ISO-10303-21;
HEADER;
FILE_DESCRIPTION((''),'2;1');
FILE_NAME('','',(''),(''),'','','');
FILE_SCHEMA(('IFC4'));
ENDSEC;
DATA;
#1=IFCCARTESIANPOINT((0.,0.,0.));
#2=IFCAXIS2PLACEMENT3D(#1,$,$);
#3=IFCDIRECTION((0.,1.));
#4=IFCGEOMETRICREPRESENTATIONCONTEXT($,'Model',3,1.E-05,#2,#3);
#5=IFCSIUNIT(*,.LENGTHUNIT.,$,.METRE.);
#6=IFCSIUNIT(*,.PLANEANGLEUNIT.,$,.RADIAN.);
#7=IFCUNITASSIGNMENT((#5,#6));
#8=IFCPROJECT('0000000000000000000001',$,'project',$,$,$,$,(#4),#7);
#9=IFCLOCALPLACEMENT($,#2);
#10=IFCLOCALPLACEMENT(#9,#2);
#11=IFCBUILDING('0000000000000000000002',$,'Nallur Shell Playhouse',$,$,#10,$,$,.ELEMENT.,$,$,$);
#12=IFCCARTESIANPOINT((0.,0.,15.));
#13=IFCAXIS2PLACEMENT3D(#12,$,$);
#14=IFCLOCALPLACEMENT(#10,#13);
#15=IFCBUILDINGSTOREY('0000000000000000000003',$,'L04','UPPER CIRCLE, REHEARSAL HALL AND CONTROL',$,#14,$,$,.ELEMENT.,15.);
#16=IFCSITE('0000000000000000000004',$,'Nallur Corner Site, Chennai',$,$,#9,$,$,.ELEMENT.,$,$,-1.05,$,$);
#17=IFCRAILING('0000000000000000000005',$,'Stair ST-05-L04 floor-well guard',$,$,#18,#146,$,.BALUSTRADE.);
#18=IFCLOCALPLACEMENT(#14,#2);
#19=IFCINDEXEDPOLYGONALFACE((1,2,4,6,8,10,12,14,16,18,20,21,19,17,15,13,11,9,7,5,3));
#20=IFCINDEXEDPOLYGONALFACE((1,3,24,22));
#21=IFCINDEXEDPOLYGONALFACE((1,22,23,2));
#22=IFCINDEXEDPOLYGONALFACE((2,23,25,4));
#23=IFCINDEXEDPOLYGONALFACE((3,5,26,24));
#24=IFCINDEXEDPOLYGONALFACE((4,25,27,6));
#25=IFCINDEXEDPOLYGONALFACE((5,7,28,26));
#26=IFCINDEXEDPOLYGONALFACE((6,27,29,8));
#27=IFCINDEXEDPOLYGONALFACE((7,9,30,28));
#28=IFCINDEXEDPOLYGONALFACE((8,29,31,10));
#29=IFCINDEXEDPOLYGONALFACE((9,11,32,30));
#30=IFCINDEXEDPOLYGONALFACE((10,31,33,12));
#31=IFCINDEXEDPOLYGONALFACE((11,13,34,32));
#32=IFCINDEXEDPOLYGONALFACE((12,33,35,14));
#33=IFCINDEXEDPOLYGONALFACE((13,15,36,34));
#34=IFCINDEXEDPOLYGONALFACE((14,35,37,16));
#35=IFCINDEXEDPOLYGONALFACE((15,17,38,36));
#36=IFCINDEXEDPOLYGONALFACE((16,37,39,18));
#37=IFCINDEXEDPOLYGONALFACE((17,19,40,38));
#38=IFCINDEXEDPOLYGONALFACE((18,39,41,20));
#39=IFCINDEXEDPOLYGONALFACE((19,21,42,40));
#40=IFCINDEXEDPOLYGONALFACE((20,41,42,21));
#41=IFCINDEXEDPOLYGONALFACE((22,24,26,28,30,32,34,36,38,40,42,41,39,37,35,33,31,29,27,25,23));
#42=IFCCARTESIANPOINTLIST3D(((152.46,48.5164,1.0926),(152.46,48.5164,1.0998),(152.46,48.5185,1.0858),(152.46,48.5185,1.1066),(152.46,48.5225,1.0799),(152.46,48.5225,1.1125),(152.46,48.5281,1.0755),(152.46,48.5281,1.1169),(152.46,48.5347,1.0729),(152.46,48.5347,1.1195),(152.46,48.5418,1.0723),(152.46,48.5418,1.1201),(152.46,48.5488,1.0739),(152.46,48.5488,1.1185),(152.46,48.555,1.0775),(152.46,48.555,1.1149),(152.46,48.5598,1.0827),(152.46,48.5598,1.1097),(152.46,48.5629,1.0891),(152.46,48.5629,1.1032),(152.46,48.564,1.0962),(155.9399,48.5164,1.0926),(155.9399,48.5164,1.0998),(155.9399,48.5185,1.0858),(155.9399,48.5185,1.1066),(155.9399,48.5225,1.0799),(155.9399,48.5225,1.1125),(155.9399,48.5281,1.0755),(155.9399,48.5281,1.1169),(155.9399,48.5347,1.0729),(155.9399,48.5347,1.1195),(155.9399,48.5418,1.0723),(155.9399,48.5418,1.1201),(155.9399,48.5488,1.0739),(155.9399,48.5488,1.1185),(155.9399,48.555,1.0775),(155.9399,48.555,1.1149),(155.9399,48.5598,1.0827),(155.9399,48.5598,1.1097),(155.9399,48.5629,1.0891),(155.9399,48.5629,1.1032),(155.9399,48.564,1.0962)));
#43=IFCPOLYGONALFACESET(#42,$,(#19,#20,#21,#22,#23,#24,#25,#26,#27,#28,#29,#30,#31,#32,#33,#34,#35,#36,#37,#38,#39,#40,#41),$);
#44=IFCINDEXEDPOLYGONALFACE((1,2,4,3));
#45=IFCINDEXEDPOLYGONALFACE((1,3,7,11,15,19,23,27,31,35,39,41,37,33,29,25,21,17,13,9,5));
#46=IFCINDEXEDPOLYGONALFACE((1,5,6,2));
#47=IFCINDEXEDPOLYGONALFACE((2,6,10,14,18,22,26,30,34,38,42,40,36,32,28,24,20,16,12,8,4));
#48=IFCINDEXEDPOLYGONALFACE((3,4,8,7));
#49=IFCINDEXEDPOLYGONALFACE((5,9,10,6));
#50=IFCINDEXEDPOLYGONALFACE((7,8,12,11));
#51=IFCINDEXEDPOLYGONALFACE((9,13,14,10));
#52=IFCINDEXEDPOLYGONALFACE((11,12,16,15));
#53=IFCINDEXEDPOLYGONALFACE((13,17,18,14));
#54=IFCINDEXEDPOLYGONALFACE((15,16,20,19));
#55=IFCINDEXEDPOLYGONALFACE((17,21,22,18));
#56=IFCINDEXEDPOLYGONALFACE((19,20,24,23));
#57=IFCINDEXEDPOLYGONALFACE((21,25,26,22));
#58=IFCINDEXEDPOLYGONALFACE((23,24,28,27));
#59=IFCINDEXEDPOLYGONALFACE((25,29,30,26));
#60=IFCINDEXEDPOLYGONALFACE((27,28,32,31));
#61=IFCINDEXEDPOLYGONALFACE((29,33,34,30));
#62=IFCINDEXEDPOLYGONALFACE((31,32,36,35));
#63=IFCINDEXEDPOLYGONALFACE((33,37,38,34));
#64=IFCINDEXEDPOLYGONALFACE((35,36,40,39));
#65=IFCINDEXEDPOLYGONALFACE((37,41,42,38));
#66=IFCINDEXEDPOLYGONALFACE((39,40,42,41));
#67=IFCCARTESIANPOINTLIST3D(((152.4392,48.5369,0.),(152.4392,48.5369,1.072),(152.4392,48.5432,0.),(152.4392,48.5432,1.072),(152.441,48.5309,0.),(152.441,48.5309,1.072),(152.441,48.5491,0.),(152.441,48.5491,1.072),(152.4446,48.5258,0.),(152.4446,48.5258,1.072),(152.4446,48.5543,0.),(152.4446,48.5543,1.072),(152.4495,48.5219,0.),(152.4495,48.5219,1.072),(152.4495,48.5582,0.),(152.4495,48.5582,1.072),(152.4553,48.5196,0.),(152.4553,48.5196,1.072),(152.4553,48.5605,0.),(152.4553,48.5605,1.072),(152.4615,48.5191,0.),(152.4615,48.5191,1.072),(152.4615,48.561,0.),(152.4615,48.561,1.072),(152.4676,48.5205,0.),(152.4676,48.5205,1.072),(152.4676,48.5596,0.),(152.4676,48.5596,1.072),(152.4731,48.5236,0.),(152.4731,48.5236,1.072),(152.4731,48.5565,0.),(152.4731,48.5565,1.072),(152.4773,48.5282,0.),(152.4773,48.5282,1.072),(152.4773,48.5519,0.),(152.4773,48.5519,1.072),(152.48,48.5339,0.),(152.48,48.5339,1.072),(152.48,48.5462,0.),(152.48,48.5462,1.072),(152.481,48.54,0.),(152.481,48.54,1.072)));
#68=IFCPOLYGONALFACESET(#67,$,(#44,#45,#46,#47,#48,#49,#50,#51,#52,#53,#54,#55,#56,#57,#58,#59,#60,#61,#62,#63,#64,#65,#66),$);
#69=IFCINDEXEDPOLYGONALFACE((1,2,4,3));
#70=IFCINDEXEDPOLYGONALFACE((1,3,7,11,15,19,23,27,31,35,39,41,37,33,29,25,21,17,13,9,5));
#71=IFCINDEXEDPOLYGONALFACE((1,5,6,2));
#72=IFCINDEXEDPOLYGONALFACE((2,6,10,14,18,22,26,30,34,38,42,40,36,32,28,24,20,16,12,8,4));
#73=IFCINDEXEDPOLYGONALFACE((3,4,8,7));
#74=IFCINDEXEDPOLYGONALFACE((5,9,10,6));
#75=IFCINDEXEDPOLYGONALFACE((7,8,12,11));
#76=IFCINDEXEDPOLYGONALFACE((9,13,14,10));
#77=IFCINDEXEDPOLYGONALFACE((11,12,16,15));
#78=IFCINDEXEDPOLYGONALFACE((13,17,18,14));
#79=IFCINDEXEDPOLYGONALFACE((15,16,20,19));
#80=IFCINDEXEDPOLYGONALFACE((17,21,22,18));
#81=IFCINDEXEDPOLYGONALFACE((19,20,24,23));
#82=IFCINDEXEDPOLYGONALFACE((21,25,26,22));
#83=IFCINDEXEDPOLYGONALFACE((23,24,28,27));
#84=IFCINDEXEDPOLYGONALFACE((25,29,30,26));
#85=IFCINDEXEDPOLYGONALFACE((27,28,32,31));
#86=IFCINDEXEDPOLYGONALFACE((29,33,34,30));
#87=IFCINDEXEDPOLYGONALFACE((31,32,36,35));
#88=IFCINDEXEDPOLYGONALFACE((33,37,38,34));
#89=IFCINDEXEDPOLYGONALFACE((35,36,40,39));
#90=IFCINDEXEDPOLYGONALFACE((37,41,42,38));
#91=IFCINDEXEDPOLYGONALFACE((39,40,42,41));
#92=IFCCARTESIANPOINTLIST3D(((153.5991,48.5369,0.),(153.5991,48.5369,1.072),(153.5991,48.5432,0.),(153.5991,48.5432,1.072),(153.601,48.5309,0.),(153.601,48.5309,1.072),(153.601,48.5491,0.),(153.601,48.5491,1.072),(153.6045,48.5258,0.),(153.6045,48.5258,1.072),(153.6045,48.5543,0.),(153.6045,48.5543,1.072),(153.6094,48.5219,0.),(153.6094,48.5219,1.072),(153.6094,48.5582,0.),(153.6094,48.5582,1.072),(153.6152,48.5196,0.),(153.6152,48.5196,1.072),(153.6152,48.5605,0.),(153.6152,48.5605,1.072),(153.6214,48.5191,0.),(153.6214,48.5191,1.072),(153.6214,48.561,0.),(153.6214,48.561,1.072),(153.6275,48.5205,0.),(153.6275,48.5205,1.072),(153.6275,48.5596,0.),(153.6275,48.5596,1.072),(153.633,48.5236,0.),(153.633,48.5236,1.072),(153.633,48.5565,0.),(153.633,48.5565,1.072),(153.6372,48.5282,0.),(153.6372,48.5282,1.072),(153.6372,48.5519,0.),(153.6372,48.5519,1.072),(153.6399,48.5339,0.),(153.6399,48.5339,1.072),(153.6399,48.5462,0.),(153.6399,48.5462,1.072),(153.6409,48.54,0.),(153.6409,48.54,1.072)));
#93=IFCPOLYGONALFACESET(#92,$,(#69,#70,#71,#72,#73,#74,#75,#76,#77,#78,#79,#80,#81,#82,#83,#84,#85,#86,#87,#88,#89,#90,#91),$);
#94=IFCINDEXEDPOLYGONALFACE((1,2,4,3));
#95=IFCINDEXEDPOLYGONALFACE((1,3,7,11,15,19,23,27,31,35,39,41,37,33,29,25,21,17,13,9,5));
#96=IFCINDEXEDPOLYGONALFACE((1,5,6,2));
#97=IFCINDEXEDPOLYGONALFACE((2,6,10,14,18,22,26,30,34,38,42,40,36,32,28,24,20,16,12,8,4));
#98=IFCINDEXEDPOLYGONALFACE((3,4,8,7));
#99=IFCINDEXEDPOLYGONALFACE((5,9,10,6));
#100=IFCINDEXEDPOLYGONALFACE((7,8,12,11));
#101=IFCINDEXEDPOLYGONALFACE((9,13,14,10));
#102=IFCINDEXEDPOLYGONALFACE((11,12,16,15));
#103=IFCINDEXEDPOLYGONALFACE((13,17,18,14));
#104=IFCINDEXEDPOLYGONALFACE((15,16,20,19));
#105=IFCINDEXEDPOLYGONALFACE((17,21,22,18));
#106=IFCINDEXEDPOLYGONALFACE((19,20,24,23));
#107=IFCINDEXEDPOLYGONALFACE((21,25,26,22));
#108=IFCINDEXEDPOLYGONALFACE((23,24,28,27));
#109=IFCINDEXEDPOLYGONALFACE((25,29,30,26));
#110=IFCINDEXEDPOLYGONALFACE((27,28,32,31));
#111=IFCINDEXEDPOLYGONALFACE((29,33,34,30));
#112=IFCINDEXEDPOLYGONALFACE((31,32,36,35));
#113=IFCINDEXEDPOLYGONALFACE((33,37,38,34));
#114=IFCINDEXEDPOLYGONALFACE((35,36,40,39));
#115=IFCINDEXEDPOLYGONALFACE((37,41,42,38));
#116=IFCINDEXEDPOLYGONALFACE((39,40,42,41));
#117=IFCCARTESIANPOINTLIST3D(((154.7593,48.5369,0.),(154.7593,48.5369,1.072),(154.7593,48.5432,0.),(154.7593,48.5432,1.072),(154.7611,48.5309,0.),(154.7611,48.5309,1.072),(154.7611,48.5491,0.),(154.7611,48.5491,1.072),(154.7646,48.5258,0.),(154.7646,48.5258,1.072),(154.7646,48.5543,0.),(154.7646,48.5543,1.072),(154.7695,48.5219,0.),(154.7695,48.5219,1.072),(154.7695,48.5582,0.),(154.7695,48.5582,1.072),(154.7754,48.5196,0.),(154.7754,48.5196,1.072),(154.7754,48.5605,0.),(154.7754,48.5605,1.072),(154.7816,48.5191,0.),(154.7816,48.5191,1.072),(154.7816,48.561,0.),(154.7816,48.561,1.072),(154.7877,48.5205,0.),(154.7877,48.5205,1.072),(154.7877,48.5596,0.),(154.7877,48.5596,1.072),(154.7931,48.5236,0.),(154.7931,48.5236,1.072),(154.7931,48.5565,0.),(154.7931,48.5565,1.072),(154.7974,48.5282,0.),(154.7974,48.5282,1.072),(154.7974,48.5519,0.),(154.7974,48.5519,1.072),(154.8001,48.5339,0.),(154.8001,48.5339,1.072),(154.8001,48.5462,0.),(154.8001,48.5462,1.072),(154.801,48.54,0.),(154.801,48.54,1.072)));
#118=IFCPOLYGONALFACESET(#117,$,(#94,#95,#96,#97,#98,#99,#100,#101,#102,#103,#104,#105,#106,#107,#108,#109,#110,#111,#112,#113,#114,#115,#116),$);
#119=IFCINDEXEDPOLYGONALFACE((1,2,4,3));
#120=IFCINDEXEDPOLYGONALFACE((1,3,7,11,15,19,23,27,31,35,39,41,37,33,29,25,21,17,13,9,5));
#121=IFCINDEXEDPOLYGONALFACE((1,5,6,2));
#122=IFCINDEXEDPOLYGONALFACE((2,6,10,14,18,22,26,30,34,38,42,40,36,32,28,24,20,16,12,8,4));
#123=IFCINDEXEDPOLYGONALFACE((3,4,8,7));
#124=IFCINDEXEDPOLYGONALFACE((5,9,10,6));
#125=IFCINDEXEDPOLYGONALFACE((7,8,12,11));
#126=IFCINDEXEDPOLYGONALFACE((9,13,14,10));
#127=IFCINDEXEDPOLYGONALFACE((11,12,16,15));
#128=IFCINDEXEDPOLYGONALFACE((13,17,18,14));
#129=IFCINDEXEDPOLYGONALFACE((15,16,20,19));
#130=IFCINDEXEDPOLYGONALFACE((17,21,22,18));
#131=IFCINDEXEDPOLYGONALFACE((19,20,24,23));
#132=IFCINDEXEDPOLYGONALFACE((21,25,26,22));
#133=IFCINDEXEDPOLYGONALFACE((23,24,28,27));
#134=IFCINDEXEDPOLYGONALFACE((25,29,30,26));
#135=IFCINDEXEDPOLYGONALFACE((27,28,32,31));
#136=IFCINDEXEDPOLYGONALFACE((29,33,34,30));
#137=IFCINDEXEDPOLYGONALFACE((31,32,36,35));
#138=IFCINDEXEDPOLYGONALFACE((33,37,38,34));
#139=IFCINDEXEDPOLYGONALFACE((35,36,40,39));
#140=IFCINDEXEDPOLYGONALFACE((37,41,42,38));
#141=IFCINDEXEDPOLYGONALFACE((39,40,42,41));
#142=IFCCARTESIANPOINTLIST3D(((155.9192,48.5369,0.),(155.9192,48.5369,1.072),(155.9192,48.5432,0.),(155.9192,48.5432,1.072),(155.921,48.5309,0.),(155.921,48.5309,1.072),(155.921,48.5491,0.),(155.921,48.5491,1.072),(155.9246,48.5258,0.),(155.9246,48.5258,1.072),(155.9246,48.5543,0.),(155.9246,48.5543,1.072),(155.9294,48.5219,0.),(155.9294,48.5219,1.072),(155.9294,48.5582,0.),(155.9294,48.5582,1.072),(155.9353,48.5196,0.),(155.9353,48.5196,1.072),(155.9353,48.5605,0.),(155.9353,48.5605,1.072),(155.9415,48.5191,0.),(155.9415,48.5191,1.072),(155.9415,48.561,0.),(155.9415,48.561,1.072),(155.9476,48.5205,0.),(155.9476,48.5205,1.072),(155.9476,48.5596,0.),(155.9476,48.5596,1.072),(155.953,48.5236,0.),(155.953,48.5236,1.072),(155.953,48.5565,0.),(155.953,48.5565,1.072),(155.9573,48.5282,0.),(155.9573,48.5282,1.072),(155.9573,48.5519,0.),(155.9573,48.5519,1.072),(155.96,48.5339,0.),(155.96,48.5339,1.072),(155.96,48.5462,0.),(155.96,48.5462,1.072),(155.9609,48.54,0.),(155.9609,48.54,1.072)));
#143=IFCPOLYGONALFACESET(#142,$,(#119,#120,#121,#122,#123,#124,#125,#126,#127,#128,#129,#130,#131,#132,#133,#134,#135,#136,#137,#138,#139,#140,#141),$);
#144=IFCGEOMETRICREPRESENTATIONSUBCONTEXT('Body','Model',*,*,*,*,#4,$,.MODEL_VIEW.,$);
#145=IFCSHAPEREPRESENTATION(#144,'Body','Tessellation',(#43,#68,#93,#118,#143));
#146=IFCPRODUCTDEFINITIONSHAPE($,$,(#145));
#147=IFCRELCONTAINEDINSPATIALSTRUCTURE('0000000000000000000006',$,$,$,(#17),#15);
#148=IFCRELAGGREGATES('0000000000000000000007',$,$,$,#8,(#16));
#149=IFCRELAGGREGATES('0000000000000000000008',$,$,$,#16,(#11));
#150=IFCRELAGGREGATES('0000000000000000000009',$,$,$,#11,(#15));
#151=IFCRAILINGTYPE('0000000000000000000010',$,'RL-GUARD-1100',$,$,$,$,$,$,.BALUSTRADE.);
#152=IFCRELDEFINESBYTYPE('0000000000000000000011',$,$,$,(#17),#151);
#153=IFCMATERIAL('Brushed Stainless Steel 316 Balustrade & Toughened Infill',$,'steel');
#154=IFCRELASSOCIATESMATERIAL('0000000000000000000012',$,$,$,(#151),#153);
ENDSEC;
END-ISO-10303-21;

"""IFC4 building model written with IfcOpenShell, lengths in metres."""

from ifc_helpers import new_model, si_unit, direction, frame, origin, origin_2d, place, context, subcontext, project, spatial, circle, extrude, material, type_object, element, save


model = new_model("IFC4")

# Units and contexts
model_context = context("Model", 3, precision=1e-05, world=origin(), true_north=direction((0.0, 1.0)))
body_context = subcontext(model_context, "Body", "Model", "MODEL_VIEW")
ifc_project = project(units=[si_unit("LENGTHUNIT", "METRE"), si_unit("PLANEANGLEUNIT", "RADIAN")], contexts=[model_context])

# Site, building, storey
site_placement = place(None, origin())
site = spatial("IfcSite", under=ifc_project, at=site_placement, Name="Nallur Corner Site, Chennai", CompositionType="ELEMENT", RefElevation=-1.05)
building_placement = place(site_placement, origin())
building = spatial("IfcBuilding", under=site, at=building_placement, Name="Nallur Shell Playhouse", CompositionType="ELEMENT")
storey_placement = place(building_placement, frame((0.0, 0.0, 15.0)))
storey = spatial("IfcBuildingStorey", under=building, at=storey_placement, Name="L04", Description="UPPER CIRCLE, REHEARSAL HALL AND CONTROL", CompositionType="ELEMENT", Elevation=15.0)

# Railing
ifc_material_1 = material(Name="Brushed Stainless Steel 316 Balustrade & Toughened Infill", Category="steel")
railing_type_1 = type_object("IfcRailingType", Name="RL-GUARD-1100", PredefinedType="BALUSTRADE", material=ifc_material_1)
railing_1_placement = place(storey_placement, frame((152.46, 48.54, 0.0)))
element("IfcRailing", 1, at=railing_1_placement, inside=storey, type_object=railing_type_1, Name="Stair ST-05-L04 floor-well guard", PredefinedType="BALUSTRADE", context=body_context, shape_type="SweptSolid", body=[
    extrude(circle(Radius=0.0239, at=origin_2d()), frame((0.0, 0.0, 1.0962), z_axis=(1.0, 0.0, 0.0), x_axis=(0.0, 1.0, 0.0)), (0.0, 0.0, 1.0), 3.48),
    extrude(circle(Radius=0.021, at=origin_2d()), origin(), (0.0, 0.0, 1.0), 1.072),
    extrude(circle(Radius=0.021, at=origin_2d()), frame((1.1599, 0.0, 0.0)), (0.0, 0.0, 1.0), 1.072),
    extrude(circle(Radius=0.021, at=origin_2d()), frame((2.3201, 0.0, 0.0)), (0.0, 0.0, 1.0), 1.072),
    extrude(circle(Radius=0.021, at=origin_2d()), frame((3.48, 0.0, 0.0)), (0.0, 0.0, 1.0), 1.072),
])

save(model, "model.ifc")
